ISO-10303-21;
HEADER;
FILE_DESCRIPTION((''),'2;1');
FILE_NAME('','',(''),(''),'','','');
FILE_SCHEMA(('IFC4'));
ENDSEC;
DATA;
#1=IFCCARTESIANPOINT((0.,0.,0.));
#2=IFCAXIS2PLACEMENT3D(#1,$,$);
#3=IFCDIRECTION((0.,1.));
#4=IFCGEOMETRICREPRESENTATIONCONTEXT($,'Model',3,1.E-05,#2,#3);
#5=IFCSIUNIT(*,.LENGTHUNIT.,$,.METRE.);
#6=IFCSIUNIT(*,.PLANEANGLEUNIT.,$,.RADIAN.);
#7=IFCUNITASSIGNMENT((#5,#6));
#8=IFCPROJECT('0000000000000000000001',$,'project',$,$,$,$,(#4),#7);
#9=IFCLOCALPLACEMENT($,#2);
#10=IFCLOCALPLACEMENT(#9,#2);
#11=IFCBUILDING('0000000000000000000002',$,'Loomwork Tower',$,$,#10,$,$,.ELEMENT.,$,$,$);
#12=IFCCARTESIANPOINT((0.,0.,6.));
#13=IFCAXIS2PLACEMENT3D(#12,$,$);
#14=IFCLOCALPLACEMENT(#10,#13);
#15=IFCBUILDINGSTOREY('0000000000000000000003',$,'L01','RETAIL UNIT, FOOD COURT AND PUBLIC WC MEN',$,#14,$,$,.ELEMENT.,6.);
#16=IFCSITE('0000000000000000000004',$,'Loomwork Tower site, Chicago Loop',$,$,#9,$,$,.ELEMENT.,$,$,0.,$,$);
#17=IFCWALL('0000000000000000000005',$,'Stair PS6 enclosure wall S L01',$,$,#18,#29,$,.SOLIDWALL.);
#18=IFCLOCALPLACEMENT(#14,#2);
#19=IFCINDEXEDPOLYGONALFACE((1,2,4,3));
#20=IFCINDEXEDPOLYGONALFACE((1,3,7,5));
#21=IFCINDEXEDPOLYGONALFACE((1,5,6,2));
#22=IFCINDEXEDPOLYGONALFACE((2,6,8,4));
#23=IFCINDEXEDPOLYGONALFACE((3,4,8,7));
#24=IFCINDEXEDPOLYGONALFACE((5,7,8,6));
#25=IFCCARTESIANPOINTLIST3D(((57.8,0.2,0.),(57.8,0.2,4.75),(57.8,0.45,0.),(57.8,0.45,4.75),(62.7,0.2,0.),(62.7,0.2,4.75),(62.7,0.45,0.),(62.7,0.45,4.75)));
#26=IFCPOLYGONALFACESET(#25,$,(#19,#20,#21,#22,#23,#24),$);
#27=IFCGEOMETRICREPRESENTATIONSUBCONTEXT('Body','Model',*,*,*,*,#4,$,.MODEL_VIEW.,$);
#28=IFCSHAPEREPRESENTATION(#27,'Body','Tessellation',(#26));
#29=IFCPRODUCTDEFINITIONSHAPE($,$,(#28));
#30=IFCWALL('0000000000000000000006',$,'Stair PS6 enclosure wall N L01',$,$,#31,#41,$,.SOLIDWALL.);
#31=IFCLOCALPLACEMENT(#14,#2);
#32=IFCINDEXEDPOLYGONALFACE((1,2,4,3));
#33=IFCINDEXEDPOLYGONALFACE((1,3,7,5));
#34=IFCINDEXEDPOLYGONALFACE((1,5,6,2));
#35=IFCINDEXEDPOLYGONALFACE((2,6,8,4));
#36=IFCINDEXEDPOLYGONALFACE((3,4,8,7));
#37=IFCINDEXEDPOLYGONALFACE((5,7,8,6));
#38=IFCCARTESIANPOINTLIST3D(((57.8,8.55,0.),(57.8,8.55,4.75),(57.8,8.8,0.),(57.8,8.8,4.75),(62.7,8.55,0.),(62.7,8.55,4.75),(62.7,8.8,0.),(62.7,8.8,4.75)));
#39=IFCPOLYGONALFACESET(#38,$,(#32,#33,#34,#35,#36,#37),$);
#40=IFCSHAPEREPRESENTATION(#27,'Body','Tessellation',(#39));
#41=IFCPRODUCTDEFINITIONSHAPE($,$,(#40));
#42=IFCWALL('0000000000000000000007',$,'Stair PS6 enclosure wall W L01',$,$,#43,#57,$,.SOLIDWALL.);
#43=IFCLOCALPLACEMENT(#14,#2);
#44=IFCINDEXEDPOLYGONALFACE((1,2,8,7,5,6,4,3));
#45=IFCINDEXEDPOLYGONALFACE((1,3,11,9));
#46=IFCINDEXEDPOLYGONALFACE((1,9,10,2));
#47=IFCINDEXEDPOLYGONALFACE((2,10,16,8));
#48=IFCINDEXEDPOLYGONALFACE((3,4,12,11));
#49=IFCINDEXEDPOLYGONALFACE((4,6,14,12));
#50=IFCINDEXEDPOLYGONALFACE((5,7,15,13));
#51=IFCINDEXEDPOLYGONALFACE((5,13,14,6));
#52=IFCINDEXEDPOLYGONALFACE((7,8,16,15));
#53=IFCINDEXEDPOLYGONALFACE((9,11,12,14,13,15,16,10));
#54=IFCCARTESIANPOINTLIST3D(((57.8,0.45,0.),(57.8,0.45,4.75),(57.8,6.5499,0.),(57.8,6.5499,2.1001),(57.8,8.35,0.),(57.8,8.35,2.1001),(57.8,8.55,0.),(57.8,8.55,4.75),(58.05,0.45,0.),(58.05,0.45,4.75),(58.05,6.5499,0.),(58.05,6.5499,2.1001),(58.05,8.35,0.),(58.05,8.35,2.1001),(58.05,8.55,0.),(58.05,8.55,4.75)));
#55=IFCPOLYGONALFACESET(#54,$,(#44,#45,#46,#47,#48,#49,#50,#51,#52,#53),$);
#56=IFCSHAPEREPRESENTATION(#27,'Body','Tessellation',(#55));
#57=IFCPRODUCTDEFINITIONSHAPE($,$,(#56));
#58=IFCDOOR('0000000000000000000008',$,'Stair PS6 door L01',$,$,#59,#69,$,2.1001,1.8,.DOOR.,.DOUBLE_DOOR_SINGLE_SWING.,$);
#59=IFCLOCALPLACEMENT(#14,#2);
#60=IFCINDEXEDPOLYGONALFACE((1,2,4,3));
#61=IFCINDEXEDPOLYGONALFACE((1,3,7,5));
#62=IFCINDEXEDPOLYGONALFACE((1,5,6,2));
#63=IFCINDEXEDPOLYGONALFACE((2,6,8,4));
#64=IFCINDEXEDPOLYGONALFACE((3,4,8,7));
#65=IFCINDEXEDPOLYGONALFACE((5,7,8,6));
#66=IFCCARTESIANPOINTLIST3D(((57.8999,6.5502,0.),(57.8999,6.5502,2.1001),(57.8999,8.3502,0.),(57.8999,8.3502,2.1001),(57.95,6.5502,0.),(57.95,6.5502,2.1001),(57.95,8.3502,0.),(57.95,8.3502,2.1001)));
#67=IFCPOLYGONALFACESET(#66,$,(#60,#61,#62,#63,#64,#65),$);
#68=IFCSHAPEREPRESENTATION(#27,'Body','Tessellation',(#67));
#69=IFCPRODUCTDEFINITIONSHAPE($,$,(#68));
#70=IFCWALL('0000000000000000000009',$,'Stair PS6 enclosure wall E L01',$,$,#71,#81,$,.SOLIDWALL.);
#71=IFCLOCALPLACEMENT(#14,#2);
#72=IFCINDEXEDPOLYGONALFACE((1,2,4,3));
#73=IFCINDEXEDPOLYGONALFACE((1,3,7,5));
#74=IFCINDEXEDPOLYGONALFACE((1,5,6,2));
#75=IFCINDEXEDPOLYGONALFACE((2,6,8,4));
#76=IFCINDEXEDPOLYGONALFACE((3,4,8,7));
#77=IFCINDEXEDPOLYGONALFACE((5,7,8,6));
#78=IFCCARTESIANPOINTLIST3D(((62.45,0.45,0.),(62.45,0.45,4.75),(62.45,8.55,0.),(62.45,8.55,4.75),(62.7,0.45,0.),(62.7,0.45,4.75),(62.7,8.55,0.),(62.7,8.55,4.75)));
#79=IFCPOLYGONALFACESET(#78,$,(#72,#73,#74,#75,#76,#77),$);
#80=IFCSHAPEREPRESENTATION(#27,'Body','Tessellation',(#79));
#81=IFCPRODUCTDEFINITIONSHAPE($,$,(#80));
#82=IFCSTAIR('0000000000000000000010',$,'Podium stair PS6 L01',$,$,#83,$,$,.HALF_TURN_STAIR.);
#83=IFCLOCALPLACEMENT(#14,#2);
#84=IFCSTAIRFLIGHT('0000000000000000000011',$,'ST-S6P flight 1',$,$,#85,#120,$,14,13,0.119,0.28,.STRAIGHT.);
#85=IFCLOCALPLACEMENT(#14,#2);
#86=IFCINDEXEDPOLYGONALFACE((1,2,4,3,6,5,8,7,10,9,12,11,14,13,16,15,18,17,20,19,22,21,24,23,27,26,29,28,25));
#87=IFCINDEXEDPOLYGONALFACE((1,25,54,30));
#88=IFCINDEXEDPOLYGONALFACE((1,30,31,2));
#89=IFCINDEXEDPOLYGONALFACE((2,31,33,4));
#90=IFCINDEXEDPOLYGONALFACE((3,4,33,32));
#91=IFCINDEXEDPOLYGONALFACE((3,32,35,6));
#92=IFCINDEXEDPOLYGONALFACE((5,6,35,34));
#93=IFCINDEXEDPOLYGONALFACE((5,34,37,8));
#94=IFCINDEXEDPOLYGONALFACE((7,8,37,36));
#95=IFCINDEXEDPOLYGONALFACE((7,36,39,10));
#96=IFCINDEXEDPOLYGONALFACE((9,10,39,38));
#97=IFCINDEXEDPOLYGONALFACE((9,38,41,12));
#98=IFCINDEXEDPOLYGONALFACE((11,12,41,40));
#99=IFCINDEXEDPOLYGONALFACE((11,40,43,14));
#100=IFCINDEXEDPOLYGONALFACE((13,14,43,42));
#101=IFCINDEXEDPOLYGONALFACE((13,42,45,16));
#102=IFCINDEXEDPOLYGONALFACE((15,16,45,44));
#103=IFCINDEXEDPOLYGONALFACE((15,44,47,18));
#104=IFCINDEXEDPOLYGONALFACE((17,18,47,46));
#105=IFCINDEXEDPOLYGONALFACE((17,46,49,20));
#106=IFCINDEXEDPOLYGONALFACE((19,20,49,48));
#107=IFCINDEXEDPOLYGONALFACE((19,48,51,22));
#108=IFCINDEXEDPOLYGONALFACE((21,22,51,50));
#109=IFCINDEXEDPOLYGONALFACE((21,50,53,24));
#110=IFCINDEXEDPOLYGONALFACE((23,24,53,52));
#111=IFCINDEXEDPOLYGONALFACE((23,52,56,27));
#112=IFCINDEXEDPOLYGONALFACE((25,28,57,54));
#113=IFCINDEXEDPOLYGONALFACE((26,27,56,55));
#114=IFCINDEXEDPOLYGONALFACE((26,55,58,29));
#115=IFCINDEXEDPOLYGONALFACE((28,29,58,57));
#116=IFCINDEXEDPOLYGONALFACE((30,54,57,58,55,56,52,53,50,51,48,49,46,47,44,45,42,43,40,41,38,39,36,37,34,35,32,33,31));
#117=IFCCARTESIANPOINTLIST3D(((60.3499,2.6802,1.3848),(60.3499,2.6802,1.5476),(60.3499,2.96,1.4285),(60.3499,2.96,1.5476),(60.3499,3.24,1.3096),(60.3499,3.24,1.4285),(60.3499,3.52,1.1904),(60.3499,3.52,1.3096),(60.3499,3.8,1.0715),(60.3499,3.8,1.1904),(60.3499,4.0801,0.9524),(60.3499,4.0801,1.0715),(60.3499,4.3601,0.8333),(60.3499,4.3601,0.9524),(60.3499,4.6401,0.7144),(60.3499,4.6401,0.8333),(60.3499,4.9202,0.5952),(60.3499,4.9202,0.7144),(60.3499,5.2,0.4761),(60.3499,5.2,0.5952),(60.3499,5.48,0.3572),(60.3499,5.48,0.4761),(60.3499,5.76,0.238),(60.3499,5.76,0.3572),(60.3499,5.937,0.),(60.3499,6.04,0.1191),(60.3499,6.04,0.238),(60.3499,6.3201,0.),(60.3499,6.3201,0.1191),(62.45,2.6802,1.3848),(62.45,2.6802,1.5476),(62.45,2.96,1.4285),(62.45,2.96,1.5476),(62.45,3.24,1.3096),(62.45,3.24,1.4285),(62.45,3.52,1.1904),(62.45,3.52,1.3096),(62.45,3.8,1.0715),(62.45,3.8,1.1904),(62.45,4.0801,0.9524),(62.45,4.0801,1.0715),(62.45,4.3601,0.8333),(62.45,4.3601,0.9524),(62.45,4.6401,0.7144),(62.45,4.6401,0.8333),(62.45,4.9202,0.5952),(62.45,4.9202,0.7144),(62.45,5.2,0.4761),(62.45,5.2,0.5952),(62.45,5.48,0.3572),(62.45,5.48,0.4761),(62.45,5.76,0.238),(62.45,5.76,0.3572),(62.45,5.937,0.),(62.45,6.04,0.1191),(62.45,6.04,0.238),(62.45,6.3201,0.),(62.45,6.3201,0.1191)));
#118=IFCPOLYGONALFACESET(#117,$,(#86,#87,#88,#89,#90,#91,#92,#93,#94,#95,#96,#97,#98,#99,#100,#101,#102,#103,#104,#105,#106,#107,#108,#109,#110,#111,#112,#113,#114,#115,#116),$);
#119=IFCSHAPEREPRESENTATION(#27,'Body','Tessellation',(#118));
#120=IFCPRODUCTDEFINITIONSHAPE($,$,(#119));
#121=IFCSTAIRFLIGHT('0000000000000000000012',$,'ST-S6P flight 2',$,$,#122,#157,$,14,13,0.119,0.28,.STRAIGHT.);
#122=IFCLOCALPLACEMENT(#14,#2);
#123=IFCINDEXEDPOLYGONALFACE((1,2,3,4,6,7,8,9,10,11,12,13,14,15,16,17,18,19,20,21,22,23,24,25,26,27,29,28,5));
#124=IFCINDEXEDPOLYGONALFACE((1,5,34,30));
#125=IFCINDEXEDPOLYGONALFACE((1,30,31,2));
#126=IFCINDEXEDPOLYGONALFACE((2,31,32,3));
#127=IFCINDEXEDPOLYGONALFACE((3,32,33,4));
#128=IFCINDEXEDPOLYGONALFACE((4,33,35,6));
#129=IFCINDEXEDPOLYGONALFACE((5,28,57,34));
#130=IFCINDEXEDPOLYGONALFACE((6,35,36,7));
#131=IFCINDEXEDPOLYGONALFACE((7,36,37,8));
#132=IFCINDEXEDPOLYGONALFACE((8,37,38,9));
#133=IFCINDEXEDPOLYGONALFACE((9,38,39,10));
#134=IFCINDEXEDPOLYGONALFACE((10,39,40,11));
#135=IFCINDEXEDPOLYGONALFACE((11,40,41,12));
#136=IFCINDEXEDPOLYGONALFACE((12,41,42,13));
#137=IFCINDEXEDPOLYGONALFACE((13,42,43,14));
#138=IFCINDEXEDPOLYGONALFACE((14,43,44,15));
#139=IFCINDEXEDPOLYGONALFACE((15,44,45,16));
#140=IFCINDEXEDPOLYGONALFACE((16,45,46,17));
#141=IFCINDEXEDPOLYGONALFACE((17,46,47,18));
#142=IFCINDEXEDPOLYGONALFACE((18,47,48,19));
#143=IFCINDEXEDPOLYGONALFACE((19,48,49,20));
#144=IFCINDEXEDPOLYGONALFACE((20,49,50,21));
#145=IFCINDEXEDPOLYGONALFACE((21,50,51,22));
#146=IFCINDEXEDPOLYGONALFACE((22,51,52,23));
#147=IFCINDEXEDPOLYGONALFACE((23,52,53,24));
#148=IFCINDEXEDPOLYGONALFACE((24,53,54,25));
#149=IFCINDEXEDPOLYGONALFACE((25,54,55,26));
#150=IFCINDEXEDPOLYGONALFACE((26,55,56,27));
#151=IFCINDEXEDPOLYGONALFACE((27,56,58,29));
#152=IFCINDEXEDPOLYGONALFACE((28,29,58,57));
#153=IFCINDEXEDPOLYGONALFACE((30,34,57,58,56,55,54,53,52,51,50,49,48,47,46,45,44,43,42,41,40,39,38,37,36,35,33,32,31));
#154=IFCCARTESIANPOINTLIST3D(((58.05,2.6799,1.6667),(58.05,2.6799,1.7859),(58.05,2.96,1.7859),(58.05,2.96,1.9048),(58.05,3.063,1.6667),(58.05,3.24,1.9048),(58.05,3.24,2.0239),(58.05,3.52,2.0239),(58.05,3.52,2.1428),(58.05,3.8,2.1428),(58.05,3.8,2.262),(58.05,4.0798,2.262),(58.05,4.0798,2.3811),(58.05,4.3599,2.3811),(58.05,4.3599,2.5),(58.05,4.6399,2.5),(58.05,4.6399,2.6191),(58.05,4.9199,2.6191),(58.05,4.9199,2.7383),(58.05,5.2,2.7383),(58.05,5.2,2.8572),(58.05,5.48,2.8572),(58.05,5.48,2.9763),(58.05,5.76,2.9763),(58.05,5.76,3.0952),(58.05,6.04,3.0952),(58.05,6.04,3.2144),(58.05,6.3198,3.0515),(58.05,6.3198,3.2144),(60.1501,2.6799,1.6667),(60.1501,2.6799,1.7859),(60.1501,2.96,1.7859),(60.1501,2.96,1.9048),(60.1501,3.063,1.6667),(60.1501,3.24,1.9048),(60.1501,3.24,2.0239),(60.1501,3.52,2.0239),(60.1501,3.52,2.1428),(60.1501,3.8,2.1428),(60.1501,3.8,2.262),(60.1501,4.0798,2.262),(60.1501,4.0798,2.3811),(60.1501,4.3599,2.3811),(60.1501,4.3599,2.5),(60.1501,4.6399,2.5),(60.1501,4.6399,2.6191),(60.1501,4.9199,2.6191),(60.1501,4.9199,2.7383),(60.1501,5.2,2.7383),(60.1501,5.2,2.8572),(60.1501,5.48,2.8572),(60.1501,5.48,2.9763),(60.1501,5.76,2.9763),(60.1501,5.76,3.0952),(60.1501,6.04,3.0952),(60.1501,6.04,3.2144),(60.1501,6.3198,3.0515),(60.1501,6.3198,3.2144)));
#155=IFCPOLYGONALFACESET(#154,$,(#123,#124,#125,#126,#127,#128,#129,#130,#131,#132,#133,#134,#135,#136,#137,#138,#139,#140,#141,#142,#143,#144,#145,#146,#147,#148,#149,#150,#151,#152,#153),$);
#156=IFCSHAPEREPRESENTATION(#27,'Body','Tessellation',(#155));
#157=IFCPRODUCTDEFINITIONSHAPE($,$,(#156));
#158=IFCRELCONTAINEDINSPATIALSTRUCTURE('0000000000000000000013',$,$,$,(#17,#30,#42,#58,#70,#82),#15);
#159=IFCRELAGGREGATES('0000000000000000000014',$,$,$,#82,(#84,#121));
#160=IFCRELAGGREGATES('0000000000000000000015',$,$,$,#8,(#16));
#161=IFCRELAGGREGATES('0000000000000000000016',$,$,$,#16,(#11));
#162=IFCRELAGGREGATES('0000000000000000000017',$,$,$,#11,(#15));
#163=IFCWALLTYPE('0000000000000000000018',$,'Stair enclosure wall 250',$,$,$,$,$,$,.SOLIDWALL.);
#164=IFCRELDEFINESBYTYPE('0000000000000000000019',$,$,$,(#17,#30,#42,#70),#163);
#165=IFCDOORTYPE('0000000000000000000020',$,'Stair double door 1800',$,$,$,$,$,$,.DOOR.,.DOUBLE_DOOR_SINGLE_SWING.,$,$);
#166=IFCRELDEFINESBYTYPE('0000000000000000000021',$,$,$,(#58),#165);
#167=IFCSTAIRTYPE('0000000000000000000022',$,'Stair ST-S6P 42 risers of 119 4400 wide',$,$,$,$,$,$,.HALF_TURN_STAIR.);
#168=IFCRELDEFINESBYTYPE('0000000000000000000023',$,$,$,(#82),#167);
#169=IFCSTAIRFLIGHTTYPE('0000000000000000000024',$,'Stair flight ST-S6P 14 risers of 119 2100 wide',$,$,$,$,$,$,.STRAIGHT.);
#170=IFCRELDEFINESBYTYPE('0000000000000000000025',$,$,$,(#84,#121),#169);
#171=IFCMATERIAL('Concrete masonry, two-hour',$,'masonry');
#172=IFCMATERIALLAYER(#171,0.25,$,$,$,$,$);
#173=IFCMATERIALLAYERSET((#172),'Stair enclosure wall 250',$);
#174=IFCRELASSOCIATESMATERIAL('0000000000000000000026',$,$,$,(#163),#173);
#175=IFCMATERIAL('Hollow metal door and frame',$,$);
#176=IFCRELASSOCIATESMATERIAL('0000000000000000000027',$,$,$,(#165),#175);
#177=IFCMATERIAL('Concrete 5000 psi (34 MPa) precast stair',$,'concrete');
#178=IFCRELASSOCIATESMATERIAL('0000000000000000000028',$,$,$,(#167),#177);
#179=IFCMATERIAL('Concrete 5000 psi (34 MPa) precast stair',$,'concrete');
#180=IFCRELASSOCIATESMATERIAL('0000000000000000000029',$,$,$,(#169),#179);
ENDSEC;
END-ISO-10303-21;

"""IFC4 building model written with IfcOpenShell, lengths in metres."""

from ifc_helpers import new_model, si_unit, direction, frame, frame_2d, origin, place, context, subcontext, project, spatial, polyline, rectangle, outline, extrude, material, layer, layer_set, type_object, element, fill, aggregate, save


model = new_model("IFC4")

# Units and contexts
model_context = context("Model", 3, precision=1e-05, world=origin(), true_north=direction((0.0, 1.0)))
body_context = subcontext(model_context, "Body", "Model", "MODEL_VIEW")
ifc_project = project(units=[si_unit("LENGTHUNIT", "METRE"), si_unit("PLANEANGLEUNIT", "RADIAN")], contexts=[model_context])

# Site, building, storey
site_placement = place(None, origin())
site = spatial("IfcSite", under=ifc_project, at=site_placement, Name="Loomwork Tower site, Chicago Loop", CompositionType="ELEMENT", RefElevation=0.0)
building_placement = place(site_placement, origin())
building = spatial("IfcBuilding", under=site, at=building_placement, Name="Loomwork Tower", CompositionType="ELEMENT")
storey_placement = place(building_placement, frame((0.0, 0.0, 6.0)))
storey = spatial("IfcBuildingStorey", under=building, at=storey_placement, Name="L01", Description="RETAIL UNIT, FOOD COURT AND PUBLIC WC MEN", CompositionType="ELEMENT", Elevation=6.0)

# Walls
ifc_material_1 = material(Name="Concrete masonry, two-hour", Category="masonry")
ifc_layer_1 = layer(ifc_material_1, 0.25)
ifc_layer_set_1 = layer_set([ifc_layer_1], Name="Stair enclosure wall 250")
wall_type_1 = type_object("IfcWallType", Name="Stair enclosure wall 250", PredefinedType="SOLIDWALL", material=ifc_layer_set_1)
for number, where, z_axis, x_axis, name in (
    (1, (57.8, 0.325, 0.0), (0.0, 0.0, 1.0), (1.0, 0.0, 0.0), "Stair PS6 enclosure wall S L01"),
    (2, (57.8, 8.675, 0.0), (0.0, 0.0, 1.0), (1.0, 0.0, 0.0), "Stair PS6 enclosure wall N L01"),
):
    element("IfcWall", number, at=place(storey_placement, frame(where, z_axis=z_axis, x_axis=x_axis)), inside=storey, type_object=wall_type_1, Name=name, PredefinedType="SOLIDWALL", context=body_context, shape_type="SweptSolid", body=[
        extrude(rectangle(XDim=4.8999, YDim=0.25, at=frame_2d((2.45, 0.0))), origin(), (0.0, 0.0, 1.0), 4.75),
    ])

# Wall, opening, door
wall_1_placement = place(storey_placement, frame((57.925, 0.45, 0.0), z_axis=(0.0, 0.0, 1.0), x_axis=(0.0, 1.0, 0.0)))
wall_1 = element("IfcWall", 3, at=wall_1_placement, inside=storey, type_object=wall_type_1, Name="Stair PS6 enclosure wall W L01", PredefinedType="SOLIDWALL", context=body_context, shape_type="SweptSolid", body=[
    extrude(rectangle(XDim=8.1001, YDim=0.25, at=frame_2d((4.05, 0.0))), origin(), (0.0, 0.0, 1.0), 4.75),
])
opening_placement = place(wall_1_placement, frame((6.1001, 0.0, 0.0)))
opening = element("IfcOpeningElement", 4, at=opening_placement, cuts=wall_1, PredefinedType="OPENING", context=body_context, shape_type="SweptSolid", body=[
    extrude(rectangle(XDim=1.8, YDim=2.1001, at=frame_2d((0.8999, 1.05))), frame((0.0, 0.135, 0.0), z_axis=(0.0, -1.0, 0.0), x_axis=(1.0, 0.0, 0.0)), (0.0, 0.0, 1.0), 0.27),
])
ifc_material_2 = material(Name="Hollow metal door and frame")
door_type = type_object("IfcDoorType", Name="Stair double door 1800", OperationType="DOUBLE_DOOR_SINGLE_SWING", PredefinedType="DOOR", material=ifc_material_2)
door_placement = place(opening_placement, frame((1.8, 0.0, 0.0), z_axis=(0.0, 0.0, 1.0), x_axis=(-1.0, 0.0, 0.0)))
door = element("IfcDoor", 5, at=door_placement, inside=storey, type_object=door_type, Name="Stair PS6 door L01", OperationType="DOUBLE_DOOR_SINGLE_SWING", OverallHeight=2.1001, OverallWidth=1.8, PredefinedType="DOOR", context=body_context, shape_type="SweptSolid", body=[
    extrude(rectangle(XDim=1.8, YDim=2.1001, at=frame_2d((0.8999, 1.05))), frame((0.0, 0.0249, 0.0), z_axis=(0.0, -1.0, 0.0), x_axis=(1.0, 0.0, 0.0)), (0.0, 0.0, 1.0), 0.05),
])
fill(opening, door)

# Wall
wall_2_placement = place(storey_placement, frame((62.575, 0.45, 0.0), z_axis=(0.0, 0.0, 1.0), x_axis=(0.0, 1.0, 0.0)))
element("IfcWall", 6, at=wall_2_placement, inside=storey, type_object=wall_type_1, Name="Stair PS6 enclosure wall E L01", PredefinedType="SOLIDWALL", context=body_context, shape_type="SweptSolid", body=[
    extrude(rectangle(XDim=8.1001, YDim=0.25, at=frame_2d((4.05, 0.0))), origin(), (0.0, 0.0, 1.0), 4.75),
])

# Stair, stair flights
ifc_material_3 = material(Name="Concrete 5000 psi (34 MPa) precast stair", Category="concrete")
stair_type = type_object("IfcStairType", Name="Stair ST-S6P 42 risers of 119 4400 wide", PredefinedType="HALF_TURN_STAIR", material=ifc_material_3)
stair_placement = place(storey_placement, origin())
stair = element("IfcStair", 7, at=stair_placement, inside=storey, type_object=stair_type, Name="Podium stair PS6 L01", PredefinedType="HALF_TURN_STAIR")
ifc_material_4 = material(Name="Concrete 5000 psi (34 MPa) precast stair", Category="concrete")
stair_flight_type = type_object("IfcStairFlightType", Name="Stair flight ST-S6P 14 risers of 119 2100 wide", PredefinedType="STRAIGHT", material=ifc_material_4)
stair_flight_1_placement = place(storey_placement, frame((61.3999, 6.3201, 0.0), z_axis=(0.0, 0.0, 1.0), x_axis=(0.0, -1.0, 0.0)))
stair_flight_1 = element("IfcStairFlight", 8, at=stair_flight_1_placement, type_object=stair_flight_type, Name="ST-S6P flight 1", NumberOfRisers=14, NumberOfTreads=13, PredefinedType="STRAIGHT", RiserHeight=0.119, TreadLength=0.28, context=body_context, shape_type="SweptSolid", body=[
    extrude(outline(polyline([(0.0, 0.0), (0.0, 0.1191), (0.28, 0.1191), (0.28, 0.238), (0.5601, 0.238), (0.5601, 0.3572), (0.8401, 0.3572), (0.8401, 0.4761), (1.1201, 0.4761), (1.1201, 0.5952), (1.3999, 0.5952), (1.3999, 0.7144), (1.6799, 0.7144), (1.6799, 0.8333), (1.96, 0.8333), (1.96, 0.9524), (2.24, 0.9524), (2.24, 1.0715), (2.52, 1.0715), (2.52, 1.1904), (2.8, 1.1904), (2.8, 1.3096), (3.0801, 1.3096), (3.0801, 1.4285), (3.3601, 1.4285), (3.3601, 1.5476), (3.6399, 1.5476), (3.6399, 1.6667), (3.6399, 1.3848), (0.3831, 0.0), (0.0, 0.0)])), frame((0.0, 1.05, 0.0), z_axis=(0.0, -1.0, 0.0), x_axis=(1.0, 0.0, 0.0)), (0.0, 0.0, 1.0), 2.1001),
])
stair_flight_2_placement = place(storey_placement, frame((59.1001, 2.6799, 1.6667), z_axis=(0.0, 0.0, 1.0), x_axis=(0.0, 1.0, 0.0)))
stair_flight_2 = element("IfcStairFlight", 9, at=stair_flight_2_placement, type_object=stair_flight_type, Name="ST-S6P flight 2", NumberOfRisers=14, NumberOfTreads=13, PredefinedType="STRAIGHT", RiserHeight=0.119, TreadLength=0.28, context=body_context, shape_type="SweptSolid", body=[
    extrude(outline(polyline([(0.0, 0.0), (0.0, 0.1191), (0.28, 0.1191), (0.28, 0.238), (0.5601, 0.238), (0.5601, 0.3572), (0.8401, 0.3572), (0.8401, 0.4761), (1.1201, 0.4761), (1.1201, 0.5952), (1.3999, 0.5952), (1.3999, 0.7144), (1.6799, 0.7144), (1.6799, 0.8333), (1.96, 0.8333), (1.96, 0.9524), (2.24, 0.9524), (2.24, 1.0715), (2.52, 1.0715), (2.52, 1.1904), (2.8, 1.1904), (2.8, 1.3096), (3.0801, 1.3096), (3.0801, 1.4285), (3.3601, 1.4285), (3.3601, 1.5476), (3.6399, 1.5476), (3.6399, 1.6667), (3.6399, 1.3848), (0.3831, 0.0), (0.0, 0.0)])), frame((0.0, 1.05, 0.0), z_axis=(0.0, -1.0, 0.0), x_axis=(1.0, 0.0, 0.0)), (0.0, 0.0, 1.0), 2.1001),
])
aggregate(stair, [stair_flight_1, stair_flight_2])

save(model, "model.ifc")
